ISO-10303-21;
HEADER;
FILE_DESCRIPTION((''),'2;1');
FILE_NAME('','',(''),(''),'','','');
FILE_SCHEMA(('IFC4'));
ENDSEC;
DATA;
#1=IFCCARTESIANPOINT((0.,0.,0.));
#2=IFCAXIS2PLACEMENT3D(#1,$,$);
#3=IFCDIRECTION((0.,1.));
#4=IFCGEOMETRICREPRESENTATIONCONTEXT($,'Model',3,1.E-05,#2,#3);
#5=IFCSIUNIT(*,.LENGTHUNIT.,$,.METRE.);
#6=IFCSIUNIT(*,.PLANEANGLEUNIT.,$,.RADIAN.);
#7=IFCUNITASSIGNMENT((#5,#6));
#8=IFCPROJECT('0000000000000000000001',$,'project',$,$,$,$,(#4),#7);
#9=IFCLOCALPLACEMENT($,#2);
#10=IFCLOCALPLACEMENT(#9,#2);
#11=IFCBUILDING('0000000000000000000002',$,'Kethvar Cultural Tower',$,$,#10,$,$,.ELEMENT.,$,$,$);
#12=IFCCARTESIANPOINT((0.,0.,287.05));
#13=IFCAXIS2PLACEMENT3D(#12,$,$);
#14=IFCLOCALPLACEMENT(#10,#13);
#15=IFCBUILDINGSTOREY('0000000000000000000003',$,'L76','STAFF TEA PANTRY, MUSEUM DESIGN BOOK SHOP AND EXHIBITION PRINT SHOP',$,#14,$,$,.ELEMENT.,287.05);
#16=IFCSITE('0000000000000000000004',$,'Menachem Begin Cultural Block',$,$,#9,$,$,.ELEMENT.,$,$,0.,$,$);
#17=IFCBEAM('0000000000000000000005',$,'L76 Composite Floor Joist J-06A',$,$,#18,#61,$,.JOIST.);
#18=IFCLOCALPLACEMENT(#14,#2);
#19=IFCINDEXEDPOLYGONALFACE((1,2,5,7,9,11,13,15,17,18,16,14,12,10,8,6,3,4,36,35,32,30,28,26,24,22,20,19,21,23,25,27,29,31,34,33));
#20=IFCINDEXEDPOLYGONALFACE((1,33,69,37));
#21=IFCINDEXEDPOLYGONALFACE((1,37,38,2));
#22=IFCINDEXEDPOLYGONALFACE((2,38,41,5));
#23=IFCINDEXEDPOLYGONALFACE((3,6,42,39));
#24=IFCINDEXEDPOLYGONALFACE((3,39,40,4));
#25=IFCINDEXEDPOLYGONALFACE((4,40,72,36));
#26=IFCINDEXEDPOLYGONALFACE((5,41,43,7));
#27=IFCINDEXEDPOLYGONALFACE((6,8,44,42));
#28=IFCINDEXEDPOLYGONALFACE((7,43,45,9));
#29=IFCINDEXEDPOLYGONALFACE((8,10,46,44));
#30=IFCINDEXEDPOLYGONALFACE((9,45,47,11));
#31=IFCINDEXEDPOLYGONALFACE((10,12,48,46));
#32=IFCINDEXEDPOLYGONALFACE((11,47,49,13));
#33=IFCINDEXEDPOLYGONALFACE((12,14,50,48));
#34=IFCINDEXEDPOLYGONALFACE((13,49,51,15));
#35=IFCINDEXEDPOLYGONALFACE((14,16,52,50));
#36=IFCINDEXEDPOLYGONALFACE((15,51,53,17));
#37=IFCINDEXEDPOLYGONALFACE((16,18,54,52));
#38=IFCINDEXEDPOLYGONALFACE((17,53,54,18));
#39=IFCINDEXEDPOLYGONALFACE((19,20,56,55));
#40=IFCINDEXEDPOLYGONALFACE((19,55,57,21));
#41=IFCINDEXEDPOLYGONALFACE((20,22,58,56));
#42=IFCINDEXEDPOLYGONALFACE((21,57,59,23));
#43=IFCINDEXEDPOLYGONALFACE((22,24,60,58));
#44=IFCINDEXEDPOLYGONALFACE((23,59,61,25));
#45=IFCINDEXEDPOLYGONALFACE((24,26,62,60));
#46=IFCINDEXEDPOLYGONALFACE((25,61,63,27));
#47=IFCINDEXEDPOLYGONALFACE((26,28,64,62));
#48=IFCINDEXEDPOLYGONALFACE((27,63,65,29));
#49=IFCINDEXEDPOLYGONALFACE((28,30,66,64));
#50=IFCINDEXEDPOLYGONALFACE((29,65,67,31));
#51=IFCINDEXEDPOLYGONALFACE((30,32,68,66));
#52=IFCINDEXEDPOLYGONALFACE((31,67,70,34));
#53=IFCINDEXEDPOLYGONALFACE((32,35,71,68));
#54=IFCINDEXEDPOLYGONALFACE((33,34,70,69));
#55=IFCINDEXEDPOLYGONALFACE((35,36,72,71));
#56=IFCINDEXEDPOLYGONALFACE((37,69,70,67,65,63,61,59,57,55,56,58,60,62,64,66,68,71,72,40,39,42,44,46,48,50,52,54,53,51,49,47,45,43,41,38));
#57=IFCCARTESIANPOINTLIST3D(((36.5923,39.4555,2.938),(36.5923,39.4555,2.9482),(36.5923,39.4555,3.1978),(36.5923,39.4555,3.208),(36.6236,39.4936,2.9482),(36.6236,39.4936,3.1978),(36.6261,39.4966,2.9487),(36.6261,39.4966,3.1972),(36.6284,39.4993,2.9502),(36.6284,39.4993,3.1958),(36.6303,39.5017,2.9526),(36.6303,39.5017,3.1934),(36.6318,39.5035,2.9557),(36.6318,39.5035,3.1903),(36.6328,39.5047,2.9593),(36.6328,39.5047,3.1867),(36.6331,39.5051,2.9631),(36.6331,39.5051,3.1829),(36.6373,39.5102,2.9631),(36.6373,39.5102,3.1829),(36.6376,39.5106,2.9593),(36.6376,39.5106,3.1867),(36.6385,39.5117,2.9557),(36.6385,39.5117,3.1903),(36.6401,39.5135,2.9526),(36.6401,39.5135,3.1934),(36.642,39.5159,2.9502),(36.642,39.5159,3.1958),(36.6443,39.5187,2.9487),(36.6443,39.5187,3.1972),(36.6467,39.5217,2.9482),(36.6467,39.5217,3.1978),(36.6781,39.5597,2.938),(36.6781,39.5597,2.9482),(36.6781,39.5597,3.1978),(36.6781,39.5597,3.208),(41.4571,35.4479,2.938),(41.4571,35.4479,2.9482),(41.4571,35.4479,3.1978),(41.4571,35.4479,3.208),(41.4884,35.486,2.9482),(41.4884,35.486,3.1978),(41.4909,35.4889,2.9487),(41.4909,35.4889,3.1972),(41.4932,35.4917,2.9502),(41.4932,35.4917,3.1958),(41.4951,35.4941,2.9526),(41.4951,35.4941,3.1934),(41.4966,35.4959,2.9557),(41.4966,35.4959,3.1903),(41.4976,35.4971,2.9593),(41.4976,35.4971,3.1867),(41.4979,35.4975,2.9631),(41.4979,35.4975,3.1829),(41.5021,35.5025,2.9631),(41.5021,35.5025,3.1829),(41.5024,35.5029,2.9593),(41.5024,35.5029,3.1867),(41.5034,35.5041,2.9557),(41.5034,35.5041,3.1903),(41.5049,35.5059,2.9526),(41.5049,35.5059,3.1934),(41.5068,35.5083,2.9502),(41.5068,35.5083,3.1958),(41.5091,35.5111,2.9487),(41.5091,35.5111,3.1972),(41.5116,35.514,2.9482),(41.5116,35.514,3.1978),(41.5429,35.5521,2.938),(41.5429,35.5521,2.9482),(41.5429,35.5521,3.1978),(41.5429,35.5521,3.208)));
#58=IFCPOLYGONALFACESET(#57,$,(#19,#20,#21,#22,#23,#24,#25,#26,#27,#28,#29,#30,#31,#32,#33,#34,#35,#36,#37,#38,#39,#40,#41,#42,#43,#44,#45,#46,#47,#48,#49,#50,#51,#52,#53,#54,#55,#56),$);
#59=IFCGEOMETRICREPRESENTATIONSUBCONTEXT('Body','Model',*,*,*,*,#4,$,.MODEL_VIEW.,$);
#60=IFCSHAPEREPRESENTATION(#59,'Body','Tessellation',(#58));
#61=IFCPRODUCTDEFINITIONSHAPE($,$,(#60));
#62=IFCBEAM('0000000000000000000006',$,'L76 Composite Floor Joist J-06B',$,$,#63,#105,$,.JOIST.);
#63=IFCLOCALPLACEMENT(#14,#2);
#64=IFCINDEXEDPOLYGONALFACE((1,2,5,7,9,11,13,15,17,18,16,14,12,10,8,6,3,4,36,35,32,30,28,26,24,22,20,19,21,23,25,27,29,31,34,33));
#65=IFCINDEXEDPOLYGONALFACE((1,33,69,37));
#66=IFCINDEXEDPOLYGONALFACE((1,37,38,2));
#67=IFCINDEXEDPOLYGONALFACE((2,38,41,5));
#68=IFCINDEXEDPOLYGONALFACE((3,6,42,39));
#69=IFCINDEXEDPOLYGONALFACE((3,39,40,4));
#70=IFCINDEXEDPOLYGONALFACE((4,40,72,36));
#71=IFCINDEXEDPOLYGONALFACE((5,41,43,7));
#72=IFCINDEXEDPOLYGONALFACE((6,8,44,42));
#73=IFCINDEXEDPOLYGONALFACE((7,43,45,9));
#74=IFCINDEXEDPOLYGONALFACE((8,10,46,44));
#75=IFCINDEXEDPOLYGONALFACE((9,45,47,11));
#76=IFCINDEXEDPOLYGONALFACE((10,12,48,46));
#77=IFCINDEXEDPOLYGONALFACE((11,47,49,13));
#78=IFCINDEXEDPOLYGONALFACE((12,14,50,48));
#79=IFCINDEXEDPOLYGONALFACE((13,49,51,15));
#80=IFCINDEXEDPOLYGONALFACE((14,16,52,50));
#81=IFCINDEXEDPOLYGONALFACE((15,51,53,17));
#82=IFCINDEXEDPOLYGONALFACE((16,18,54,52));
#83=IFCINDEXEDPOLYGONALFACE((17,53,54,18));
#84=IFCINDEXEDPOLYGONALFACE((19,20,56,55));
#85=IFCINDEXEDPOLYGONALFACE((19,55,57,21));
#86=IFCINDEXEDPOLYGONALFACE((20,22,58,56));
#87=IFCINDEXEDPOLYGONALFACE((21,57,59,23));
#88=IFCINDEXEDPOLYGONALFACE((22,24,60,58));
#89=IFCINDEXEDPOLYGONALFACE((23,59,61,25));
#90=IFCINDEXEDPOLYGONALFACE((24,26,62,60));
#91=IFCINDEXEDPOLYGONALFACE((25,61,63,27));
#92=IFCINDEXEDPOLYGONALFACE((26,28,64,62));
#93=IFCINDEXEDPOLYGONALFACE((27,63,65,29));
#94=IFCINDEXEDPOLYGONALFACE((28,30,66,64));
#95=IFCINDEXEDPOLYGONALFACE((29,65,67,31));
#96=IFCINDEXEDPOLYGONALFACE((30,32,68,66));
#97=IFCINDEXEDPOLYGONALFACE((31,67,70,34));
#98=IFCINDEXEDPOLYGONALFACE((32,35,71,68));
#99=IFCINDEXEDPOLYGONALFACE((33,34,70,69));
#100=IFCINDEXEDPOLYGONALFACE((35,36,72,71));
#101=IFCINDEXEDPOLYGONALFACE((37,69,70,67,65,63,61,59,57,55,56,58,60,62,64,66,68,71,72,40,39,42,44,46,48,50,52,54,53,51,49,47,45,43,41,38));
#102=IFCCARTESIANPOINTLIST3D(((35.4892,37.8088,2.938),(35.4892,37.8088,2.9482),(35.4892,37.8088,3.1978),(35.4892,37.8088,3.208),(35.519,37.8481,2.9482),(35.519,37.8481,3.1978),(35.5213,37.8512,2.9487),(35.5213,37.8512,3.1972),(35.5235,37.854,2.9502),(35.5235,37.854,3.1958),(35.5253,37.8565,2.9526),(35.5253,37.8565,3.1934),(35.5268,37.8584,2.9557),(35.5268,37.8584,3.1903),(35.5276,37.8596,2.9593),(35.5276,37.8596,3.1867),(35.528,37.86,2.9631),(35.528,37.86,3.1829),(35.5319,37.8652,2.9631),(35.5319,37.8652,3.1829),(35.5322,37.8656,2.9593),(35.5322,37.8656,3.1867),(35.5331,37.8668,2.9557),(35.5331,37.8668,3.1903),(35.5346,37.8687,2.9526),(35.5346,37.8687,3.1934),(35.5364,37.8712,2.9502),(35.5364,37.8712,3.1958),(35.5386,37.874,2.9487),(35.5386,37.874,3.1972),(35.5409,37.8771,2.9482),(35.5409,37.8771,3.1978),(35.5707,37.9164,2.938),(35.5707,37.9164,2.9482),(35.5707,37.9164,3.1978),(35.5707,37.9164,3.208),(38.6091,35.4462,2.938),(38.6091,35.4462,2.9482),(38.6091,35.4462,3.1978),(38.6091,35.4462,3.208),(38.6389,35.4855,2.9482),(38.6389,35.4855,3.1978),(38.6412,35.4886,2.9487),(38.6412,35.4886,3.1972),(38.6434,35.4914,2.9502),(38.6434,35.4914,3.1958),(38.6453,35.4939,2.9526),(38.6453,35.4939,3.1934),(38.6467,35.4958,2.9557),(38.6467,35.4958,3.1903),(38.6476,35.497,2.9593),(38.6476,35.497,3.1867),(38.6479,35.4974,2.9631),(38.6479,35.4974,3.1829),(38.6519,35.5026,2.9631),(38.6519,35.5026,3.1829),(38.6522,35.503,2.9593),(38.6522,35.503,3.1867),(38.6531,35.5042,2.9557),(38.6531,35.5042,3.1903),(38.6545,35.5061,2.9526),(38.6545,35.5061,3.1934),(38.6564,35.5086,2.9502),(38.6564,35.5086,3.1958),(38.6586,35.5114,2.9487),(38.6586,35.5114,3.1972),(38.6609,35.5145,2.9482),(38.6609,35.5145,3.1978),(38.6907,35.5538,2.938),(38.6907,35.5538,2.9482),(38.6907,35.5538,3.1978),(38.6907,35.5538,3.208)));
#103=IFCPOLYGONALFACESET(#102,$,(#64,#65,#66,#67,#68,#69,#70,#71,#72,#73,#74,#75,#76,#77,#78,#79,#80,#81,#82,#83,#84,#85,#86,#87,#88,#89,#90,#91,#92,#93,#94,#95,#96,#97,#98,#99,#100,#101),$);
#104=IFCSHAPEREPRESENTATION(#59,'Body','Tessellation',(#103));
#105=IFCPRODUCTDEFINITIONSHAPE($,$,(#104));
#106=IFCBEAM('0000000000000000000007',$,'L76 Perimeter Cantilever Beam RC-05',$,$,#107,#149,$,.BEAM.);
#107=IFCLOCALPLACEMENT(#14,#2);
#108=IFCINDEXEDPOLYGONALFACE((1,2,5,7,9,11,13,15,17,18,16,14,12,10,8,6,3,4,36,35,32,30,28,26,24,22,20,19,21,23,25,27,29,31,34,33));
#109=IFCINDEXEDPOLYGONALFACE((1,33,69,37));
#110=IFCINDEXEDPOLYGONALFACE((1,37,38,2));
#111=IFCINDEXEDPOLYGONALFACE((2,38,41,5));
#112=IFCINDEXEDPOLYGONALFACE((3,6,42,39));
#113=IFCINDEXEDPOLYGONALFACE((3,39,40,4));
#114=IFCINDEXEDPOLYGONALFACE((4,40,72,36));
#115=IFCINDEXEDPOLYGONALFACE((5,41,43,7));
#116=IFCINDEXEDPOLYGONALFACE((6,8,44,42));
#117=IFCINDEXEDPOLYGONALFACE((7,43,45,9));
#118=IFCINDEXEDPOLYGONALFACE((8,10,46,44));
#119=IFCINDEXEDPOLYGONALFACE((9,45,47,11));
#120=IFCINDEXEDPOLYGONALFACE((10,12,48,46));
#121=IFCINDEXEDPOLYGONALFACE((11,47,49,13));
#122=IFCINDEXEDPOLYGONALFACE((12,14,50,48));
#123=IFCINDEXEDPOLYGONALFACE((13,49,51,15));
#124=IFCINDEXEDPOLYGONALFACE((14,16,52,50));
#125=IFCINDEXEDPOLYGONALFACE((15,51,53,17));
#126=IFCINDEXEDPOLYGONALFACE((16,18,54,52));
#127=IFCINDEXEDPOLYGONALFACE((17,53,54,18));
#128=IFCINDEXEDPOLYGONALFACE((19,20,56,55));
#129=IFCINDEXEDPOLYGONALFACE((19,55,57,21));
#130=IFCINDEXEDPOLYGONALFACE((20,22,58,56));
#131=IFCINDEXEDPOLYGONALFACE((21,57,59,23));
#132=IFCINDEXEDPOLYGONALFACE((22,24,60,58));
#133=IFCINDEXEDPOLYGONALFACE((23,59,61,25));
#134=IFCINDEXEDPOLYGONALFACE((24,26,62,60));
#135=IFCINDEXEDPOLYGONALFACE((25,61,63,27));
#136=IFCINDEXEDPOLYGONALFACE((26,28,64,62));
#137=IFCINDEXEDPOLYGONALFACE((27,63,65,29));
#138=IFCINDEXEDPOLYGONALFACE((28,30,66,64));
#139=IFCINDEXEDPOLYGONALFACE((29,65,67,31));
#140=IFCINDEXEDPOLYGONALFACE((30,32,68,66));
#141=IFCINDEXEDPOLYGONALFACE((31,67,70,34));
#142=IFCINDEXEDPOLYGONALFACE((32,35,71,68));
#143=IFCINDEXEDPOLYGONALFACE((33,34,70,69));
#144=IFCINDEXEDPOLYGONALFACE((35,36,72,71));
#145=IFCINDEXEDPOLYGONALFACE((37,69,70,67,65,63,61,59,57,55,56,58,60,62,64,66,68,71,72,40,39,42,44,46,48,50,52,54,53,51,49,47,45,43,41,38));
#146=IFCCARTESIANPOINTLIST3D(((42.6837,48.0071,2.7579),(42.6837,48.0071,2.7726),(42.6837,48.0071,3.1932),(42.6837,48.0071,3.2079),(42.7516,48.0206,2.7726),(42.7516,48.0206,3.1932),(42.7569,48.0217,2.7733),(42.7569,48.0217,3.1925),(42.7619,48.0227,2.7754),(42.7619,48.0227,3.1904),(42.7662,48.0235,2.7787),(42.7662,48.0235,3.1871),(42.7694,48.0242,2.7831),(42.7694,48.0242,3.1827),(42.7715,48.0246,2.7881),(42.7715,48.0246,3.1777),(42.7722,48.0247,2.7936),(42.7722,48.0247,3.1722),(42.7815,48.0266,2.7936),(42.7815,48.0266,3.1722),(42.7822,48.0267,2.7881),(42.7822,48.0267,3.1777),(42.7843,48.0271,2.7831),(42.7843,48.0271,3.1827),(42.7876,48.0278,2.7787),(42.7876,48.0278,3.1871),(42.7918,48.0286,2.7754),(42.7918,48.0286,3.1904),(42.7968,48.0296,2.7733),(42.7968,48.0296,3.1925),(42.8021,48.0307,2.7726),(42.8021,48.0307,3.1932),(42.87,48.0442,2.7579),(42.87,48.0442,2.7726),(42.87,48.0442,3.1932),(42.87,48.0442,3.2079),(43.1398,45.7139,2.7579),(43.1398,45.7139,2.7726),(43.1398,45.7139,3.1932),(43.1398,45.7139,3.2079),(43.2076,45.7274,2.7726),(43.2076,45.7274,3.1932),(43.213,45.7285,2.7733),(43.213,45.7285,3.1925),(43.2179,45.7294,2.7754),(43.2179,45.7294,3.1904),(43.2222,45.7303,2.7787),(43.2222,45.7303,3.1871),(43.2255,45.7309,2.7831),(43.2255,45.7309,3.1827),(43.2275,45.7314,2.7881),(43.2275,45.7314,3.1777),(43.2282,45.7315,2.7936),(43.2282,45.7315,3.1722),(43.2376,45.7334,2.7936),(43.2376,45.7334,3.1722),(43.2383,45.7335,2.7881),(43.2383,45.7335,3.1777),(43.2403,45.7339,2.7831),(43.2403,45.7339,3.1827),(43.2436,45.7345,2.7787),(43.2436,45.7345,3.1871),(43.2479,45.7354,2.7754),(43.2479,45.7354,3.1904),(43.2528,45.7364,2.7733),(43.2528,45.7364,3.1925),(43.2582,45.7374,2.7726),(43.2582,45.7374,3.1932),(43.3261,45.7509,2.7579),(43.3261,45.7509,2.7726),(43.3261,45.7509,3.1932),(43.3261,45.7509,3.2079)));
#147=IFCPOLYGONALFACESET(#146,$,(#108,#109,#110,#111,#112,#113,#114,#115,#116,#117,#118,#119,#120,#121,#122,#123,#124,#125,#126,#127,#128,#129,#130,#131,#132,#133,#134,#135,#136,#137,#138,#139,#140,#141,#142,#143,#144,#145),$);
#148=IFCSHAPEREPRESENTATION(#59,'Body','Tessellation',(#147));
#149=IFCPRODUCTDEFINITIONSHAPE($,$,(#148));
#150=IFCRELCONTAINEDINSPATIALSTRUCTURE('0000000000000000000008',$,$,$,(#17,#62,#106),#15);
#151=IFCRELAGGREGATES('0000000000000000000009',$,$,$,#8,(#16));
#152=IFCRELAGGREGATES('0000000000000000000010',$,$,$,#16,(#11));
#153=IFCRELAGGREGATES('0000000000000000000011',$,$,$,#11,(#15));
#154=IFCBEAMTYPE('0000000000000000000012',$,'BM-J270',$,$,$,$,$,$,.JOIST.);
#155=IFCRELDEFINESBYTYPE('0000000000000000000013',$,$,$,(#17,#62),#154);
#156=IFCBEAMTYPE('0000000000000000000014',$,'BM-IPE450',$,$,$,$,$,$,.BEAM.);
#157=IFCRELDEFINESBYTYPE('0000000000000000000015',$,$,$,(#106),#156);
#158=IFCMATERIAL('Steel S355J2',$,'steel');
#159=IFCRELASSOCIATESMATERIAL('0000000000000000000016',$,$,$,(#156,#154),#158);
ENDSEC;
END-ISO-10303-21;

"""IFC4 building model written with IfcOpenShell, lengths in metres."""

from ifc_helpers import new_model, si_unit, direction, frame, origin, origin_2d, place, context, subcontext, project, spatial, i_section, extrude, source, transform, mapped, material, material_profile, profile_set, type_object, element, save


model = new_model("IFC4")

# Units and contexts
model_context = context("Model", 3, precision=1e-05, world=origin(), true_north=direction((0.0, 1.0)))
body_context = subcontext(model_context, "Body", "Model", "MODEL_VIEW")
ifc_project = project(units=[si_unit("LENGTHUNIT", "METRE"), si_unit("PLANEANGLEUNIT", "RADIAN")], contexts=[model_context])

# Site, building, storey
site_placement = place(None, origin())
site = spatial("IfcSite", under=ifc_project, at=site_placement, Name="Menachem Begin Cultural Block", CompositionType="ELEMENT", RefElevation=0.0)
building_placement = place(site_placement, origin())
building = spatial("IfcBuilding", under=site, at=building_placement, Name="Kethvar Cultural Tower", CompositionType="ELEMENT")
storey_placement = place(building_placement, frame((0.0, 0.0, 287.05)))
storey = spatial("IfcBuildingStorey", under=building, at=storey_placement, Name="L76", Description="STAFF TEA PANTRY, MUSEUM DESIGN BOOK SHOP AND EXHIBITION PRINT SHOP", CompositionType="ELEMENT", Elevation=287.05)

# Shared definitions
ifc_material_1 = material(Name="Steel S355J2", Category="steel")

# Beams
ifc_material_profile_1 = material_profile(ifc_material_1, i_section(OverallWidth=0.1899, OverallDepth=0.45, WebThickness=0.0095, FlangeThickness=0.0146, FilletRadius=0.021, at=origin_2d()), Name="Steel S355J2 — IPE450")
ifc_profile_set_1 = profile_set([ifc_material_profile_1], Name="Steel S355J2 — IPE450")
beam_type_1 = type_object("IfcBeamType", Name="BM-IPE450", PredefinedType="BEAM", material=ifc_profile_set_1)
ifc_material_profile_2 = material_profile(ifc_material_1, i_section(OverallWidth=0.135, OverallDepth=0.27, WebThickness=0.0066, FlangeThickness=0.0103, FilletRadius=0.0149, at=origin_2d()), Name="Steel S355J2 — IPE270")
ifc_profile_set_2 = profile_set([ifc_material_profile_2], Name="Steel S355J2 — IPE270")
beam_type_2 = type_object("IfcBeamType", Name="BM-J270", PredefinedType="JOIST", material=ifc_profile_set_2)
shared_shape_1 = source(origin(), body_context, "Body", "SweptSolid", [
    extrude(i_section(OverallWidth=0.135, OverallDepth=0.27, WebThickness=0.0066, FlangeThickness=0.0103, FilletRadius=0.0149, at=origin_2d()), origin(), (0.0, 0.0, 1.0), 6.303),
])
beam_1_placement = place(storey_placement, frame((41.5, 35.5, 3.073), z_axis=(-0.771828, 0.635831, 0.0), x_axis=(-0.635831, -0.771828, 0.0)))
element("IfcBeam", 1, at=beam_1_placement, inside=storey, type_object=beam_type_2, Name="L76 Composite Floor Joist J-06A", PredefinedType="JOIST", context=body_context, shape_type="MappedRepresentation", body=[
    mapped(shared_shape_1, transform((0.0, 0.0, 0.0), scale=1.0)),
])
shared_shape_2 = source(origin(), body_context, "Body", "SweptSolid", [
    extrude(i_section(OverallWidth=0.135, OverallDepth=0.27, WebThickness=0.0066, FlangeThickness=0.0103, FilletRadius=0.0149, at=origin_2d()), origin(), (0.0, 0.0, 1.0), 3.9136),
])
beam_2_placement = place(storey_placement, frame((38.6499, 35.5, 3.073), z_axis=(-0.797214, 0.603697, 0.0), x_axis=(-0.603697, -0.797214, 0.0)))
element("IfcBeam", 2, at=beam_2_placement, inside=storey, type_object=beam_type_2, Name="L76 Composite Floor Joist J-06B", PredefinedType="JOIST", context=body_context, shape_type="MappedRepresentation", body=[
    mapped(shared_shape_2, transform((0.0, 0.0, 0.0), scale=1.0)),
])
shared_shape_3 = source(origin(), body_context, "Body", "SweptSolid", [
    extrude(i_section(OverallWidth=0.1899, OverallDepth=0.45, WebThickness=0.0095, FlangeThickness=0.0146, FilletRadius=0.021, at=origin_2d()), origin(), (0.0, 0.0, 1.0), 2.3381),
])
beam_3_placement = place(storey_placement, frame((43.2329, 45.7324, 2.9829), z_axis=(-0.195052, 0.980793, 0.0), x_axis=(-0.980793, -0.195052, 0.0)))
element("IfcBeam", 3, at=beam_3_placement, inside=storey, type_object=beam_type_1, Name="L76 Perimeter Cantilever Beam RC-05", PredefinedType="BEAM", context=body_context, shape_type="MappedRepresentation", body=[
    mapped(shared_shape_3, transform((0.0, 0.0, 0.0), scale=1.0)),
])

save(model, "model.ifc")
